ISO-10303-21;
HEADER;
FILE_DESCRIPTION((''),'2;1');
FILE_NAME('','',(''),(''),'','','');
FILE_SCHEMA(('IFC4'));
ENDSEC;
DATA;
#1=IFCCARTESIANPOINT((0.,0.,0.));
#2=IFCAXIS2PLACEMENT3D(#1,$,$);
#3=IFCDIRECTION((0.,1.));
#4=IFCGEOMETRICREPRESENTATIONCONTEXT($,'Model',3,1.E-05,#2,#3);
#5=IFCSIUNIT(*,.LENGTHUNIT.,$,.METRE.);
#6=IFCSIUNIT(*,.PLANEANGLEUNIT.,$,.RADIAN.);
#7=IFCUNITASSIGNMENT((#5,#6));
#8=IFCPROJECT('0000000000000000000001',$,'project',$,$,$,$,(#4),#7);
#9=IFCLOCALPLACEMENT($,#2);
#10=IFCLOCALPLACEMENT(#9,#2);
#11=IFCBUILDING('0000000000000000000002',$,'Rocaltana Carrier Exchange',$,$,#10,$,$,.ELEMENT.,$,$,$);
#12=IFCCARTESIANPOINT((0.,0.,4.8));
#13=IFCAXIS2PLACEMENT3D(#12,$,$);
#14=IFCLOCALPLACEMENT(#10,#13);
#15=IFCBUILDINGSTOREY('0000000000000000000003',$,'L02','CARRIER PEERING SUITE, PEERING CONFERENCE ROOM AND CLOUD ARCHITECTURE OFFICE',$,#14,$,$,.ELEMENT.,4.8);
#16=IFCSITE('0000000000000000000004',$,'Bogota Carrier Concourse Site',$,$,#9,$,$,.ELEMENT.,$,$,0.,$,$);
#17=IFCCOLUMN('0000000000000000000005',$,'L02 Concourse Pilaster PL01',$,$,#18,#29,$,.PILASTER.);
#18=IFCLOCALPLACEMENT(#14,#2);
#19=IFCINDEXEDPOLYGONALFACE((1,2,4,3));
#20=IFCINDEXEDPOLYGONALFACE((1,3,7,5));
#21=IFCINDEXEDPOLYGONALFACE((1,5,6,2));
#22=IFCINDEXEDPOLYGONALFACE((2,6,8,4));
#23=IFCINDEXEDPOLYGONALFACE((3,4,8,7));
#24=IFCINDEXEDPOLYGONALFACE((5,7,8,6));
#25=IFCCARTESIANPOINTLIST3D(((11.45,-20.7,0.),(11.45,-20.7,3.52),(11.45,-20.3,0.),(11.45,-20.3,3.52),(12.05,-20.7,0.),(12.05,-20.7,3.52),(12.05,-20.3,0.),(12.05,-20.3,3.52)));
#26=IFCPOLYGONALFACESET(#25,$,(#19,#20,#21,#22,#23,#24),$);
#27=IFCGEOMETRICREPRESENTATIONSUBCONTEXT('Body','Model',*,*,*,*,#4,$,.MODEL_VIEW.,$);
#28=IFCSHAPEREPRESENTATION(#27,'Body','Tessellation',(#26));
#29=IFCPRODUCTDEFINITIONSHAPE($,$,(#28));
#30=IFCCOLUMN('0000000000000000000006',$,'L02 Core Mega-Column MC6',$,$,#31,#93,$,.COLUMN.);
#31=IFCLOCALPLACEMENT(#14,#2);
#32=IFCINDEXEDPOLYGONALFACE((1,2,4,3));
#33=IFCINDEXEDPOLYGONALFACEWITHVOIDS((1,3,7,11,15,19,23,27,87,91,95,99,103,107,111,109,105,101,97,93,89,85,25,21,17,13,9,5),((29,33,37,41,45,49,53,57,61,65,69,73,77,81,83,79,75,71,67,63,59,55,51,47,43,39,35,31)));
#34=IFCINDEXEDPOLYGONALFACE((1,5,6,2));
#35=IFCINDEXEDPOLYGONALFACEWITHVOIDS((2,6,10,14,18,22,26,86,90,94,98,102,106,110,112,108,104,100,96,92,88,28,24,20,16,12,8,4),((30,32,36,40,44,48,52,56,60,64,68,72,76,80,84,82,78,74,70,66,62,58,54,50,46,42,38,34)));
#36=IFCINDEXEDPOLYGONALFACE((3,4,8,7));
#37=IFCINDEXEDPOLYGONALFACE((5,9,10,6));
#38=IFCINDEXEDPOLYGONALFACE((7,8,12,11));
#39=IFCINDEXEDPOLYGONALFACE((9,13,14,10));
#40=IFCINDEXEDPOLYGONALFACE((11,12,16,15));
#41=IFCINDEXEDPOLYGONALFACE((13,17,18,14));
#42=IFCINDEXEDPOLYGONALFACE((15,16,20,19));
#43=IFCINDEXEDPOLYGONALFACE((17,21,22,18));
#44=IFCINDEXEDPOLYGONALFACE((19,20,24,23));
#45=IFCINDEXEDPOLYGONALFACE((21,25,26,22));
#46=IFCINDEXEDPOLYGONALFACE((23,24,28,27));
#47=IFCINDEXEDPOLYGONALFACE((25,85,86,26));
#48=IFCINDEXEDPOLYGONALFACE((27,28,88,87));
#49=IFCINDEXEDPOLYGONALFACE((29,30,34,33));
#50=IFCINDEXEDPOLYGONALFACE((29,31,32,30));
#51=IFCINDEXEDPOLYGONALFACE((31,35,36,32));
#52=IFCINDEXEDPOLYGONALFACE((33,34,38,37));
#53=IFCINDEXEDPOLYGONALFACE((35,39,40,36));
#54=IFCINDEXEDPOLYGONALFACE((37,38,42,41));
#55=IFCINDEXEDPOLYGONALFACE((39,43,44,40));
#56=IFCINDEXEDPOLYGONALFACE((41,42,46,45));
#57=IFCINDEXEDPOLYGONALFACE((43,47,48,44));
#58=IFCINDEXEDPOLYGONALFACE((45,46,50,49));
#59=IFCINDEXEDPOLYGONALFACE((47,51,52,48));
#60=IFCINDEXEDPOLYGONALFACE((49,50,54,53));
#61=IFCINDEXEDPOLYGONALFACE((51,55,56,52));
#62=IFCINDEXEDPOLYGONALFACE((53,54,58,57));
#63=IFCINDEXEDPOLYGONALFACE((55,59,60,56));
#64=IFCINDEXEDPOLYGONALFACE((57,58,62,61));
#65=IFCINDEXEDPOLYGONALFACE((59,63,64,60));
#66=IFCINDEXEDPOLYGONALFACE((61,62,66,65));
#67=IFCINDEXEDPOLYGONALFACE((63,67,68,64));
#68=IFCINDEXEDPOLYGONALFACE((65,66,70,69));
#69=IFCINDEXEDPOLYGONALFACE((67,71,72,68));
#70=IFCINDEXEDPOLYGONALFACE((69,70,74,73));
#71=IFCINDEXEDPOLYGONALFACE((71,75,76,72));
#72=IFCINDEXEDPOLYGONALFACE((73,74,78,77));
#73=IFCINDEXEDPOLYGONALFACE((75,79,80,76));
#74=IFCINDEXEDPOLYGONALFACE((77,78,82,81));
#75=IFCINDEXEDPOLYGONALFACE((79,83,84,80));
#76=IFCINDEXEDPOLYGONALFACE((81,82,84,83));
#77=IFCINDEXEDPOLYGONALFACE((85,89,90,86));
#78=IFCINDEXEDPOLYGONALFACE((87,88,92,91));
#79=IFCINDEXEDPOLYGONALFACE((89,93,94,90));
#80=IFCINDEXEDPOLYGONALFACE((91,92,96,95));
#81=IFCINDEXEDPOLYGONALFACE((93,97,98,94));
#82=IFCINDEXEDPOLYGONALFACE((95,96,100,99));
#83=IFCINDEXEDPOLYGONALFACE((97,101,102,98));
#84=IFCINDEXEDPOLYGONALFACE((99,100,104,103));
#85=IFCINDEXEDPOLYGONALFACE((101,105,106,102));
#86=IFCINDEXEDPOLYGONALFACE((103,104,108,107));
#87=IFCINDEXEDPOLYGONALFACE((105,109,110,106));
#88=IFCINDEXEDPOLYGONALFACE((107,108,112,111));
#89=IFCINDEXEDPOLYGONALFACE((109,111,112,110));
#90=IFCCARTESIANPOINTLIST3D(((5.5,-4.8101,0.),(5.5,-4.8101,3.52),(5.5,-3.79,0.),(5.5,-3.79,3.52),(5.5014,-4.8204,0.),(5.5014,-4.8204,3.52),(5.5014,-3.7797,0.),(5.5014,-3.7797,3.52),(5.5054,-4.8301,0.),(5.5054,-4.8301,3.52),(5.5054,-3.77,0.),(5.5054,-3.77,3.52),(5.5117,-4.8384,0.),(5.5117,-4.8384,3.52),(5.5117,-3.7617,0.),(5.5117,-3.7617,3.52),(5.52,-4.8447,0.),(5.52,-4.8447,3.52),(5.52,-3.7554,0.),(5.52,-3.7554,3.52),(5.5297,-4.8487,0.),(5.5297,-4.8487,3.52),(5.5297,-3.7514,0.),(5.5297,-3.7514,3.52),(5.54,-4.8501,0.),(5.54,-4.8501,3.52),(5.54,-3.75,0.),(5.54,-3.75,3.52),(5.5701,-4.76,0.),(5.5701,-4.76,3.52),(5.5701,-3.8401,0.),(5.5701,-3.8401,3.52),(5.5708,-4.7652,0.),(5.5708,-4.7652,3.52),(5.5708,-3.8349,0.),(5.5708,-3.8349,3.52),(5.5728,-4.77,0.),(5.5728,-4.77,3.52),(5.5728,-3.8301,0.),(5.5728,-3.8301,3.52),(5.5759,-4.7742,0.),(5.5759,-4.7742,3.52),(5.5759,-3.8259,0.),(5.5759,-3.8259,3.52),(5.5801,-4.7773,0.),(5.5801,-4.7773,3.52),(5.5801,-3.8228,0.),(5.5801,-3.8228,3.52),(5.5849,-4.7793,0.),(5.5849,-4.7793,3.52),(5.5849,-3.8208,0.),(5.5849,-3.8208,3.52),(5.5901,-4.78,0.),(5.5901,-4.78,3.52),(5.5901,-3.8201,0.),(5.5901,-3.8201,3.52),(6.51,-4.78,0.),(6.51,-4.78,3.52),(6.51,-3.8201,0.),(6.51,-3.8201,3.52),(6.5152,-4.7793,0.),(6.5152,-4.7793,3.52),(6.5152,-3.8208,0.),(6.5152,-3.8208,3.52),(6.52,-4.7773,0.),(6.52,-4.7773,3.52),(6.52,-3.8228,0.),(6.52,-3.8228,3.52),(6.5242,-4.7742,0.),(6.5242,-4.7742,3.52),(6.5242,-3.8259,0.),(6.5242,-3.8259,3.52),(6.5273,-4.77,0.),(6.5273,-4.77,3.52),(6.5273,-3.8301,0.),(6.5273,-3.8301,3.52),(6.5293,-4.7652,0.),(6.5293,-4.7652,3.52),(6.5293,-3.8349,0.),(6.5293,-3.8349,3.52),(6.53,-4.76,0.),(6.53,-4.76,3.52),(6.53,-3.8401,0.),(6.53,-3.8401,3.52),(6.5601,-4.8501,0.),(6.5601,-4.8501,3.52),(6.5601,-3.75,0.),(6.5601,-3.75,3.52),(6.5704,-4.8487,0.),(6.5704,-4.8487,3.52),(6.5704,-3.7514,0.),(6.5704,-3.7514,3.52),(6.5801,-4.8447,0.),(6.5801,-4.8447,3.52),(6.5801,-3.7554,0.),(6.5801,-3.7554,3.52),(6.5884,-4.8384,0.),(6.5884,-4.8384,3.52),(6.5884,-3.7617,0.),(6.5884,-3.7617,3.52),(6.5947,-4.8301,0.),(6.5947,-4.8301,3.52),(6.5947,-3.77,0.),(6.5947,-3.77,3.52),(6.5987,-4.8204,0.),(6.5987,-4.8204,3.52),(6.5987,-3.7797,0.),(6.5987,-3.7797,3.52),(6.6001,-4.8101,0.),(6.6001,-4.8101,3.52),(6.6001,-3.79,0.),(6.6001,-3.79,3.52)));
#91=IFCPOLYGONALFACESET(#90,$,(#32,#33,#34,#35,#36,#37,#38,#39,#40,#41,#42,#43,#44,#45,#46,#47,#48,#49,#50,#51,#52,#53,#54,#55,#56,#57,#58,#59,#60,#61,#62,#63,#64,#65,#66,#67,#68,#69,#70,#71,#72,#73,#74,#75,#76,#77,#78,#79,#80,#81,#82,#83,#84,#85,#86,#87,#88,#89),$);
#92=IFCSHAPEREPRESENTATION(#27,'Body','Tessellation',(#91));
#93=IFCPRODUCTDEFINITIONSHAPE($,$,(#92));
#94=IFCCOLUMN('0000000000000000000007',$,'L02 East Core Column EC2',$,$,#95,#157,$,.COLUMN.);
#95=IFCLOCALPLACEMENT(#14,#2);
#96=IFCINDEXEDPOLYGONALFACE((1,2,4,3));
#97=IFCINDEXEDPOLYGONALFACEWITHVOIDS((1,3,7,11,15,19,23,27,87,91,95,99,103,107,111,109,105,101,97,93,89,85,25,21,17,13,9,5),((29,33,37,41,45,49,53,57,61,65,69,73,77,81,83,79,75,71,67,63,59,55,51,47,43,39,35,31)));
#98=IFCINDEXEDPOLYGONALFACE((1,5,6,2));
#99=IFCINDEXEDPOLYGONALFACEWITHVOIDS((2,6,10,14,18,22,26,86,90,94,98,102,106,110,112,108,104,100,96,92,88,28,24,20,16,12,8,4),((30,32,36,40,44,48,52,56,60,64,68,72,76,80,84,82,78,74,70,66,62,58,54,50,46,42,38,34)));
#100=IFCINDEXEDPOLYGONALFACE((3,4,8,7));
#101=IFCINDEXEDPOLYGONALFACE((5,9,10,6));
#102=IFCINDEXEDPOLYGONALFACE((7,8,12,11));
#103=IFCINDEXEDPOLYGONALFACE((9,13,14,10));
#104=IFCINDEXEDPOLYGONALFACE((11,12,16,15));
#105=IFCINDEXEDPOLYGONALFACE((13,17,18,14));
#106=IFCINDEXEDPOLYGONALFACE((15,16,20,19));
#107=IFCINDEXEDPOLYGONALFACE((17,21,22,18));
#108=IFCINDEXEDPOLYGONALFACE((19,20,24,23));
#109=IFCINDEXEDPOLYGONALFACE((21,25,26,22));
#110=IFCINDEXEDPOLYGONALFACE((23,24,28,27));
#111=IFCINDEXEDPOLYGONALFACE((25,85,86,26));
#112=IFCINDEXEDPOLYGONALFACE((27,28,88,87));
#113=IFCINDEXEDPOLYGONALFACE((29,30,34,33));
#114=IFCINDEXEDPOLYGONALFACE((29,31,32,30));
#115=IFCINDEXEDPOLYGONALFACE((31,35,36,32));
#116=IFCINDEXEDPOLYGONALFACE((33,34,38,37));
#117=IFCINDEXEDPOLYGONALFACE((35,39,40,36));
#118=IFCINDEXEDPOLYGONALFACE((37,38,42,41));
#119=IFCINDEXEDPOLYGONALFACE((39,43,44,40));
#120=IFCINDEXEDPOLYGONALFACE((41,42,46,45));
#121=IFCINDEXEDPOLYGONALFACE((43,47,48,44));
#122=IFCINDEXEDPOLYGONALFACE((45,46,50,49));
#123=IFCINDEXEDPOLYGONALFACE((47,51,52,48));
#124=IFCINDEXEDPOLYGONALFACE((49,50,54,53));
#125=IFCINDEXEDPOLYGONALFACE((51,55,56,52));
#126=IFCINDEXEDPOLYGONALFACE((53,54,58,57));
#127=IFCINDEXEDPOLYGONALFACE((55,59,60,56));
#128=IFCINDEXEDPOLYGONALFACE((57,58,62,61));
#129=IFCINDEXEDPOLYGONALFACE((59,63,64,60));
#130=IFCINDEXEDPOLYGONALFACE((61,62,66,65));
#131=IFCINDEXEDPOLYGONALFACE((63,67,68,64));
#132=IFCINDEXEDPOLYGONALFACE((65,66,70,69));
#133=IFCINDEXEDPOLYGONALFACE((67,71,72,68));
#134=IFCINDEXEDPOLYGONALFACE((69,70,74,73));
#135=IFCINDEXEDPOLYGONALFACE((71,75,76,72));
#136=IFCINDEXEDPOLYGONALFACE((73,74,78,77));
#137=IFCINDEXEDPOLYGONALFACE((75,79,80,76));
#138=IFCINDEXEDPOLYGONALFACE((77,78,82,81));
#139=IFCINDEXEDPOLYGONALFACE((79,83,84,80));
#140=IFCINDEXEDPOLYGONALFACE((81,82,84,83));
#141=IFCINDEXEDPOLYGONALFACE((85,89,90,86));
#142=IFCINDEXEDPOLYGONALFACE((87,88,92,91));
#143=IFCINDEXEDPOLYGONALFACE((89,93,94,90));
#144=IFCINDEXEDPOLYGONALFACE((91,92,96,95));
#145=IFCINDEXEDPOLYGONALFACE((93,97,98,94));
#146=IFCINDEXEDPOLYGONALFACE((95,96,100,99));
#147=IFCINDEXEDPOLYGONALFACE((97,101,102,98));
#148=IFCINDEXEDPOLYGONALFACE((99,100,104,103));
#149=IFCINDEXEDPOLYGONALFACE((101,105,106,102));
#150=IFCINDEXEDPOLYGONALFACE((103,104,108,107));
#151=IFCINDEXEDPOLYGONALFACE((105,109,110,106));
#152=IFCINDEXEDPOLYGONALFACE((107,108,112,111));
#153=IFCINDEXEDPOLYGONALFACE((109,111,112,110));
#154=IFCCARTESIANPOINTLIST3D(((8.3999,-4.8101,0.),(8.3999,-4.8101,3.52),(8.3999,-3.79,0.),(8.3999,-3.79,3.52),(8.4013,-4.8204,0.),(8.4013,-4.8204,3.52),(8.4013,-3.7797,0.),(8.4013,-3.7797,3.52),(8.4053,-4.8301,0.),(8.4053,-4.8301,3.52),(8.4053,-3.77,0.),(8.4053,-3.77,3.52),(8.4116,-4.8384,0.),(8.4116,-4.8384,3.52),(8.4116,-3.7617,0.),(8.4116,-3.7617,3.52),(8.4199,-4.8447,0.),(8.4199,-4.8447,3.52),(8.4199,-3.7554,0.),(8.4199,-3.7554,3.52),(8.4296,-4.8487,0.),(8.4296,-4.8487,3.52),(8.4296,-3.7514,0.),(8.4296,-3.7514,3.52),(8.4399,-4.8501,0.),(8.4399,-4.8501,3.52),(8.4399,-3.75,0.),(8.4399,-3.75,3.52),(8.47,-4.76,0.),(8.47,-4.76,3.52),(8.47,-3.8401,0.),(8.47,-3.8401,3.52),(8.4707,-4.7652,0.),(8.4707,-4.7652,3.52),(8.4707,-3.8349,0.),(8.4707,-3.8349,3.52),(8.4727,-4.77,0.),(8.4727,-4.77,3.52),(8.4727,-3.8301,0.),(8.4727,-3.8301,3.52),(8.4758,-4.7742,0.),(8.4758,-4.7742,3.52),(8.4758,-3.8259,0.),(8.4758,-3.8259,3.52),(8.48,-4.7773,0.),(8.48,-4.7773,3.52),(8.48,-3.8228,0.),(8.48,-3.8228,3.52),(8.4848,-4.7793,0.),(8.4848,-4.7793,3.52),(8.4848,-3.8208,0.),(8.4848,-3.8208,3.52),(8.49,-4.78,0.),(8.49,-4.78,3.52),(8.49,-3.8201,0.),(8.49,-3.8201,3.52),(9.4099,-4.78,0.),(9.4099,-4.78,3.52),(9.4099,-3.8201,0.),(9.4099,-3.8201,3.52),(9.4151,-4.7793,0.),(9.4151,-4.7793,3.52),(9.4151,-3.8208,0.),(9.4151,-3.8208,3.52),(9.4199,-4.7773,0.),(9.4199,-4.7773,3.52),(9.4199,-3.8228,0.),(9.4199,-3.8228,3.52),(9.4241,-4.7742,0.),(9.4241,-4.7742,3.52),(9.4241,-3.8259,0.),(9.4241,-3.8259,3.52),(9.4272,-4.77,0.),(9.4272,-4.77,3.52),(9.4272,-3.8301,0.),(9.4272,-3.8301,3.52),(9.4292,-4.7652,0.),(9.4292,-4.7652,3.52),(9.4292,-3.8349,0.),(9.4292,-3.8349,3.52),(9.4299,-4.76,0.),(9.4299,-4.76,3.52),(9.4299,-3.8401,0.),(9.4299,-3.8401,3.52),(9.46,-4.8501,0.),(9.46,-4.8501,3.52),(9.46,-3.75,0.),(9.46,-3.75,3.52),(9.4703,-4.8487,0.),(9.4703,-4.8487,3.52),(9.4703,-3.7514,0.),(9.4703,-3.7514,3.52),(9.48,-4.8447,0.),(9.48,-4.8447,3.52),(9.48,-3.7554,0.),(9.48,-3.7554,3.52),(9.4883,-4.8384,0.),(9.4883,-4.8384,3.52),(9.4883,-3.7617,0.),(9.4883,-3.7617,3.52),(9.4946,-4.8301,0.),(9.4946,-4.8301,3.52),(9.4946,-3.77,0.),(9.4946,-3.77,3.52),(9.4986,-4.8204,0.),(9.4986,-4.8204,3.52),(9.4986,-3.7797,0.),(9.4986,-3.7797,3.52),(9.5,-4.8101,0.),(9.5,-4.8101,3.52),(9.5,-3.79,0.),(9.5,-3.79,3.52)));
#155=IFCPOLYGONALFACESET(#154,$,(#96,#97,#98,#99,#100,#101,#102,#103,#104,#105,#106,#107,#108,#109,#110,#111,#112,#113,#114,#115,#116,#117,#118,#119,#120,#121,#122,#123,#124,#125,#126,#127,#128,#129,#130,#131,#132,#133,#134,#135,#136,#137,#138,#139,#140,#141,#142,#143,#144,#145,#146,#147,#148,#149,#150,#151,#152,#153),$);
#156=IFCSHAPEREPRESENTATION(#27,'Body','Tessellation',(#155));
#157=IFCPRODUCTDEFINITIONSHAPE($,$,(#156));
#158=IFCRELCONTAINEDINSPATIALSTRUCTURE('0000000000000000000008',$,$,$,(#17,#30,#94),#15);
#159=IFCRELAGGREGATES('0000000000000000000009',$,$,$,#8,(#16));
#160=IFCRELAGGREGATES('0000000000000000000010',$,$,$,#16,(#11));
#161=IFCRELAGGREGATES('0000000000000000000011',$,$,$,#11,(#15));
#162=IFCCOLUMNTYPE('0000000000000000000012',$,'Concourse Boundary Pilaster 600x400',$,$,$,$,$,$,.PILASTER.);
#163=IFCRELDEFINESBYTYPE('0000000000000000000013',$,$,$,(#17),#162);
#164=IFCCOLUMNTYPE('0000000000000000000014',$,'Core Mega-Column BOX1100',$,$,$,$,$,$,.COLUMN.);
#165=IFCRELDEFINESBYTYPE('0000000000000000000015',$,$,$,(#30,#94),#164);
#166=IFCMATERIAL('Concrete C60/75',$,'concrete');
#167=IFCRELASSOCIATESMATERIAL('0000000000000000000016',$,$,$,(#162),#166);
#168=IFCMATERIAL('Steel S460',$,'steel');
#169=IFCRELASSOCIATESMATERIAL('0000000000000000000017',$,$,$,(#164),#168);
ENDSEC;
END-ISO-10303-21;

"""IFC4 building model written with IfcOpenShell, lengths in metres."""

from ifc_helpers import new_model, si_unit, direction, frame, origin, origin_2d, place, context, subcontext, project, spatial, rectangle, hollow_rectangle, extrude, material, material_profile, profile_set, type_object, element, save


model = new_model("IFC4")

# Units and contexts
model_context = context("Model", 3, precision=1e-05, world=origin(), true_north=direction((0.0, 1.0)))
body_context = subcontext(model_context, "Body", "Model", "MODEL_VIEW")
ifc_project = project(units=[si_unit("LENGTHUNIT", "METRE"), si_unit("PLANEANGLEUNIT", "RADIAN")], contexts=[model_context])

# Site, building, storey
site_placement = place(None, origin())
site = spatial("IfcSite", under=ifc_project, at=site_placement, Name="Bogota Carrier Concourse Site", CompositionType="ELEMENT", RefElevation=0.0)
building_placement = place(site_placement, origin())
building = spatial("IfcBuilding", under=site, at=building_placement, Name="Rocaltana Carrier Exchange", CompositionType="ELEMENT")
storey_placement = place(building_placement, frame((0.0, 0.0, 4.8)))
storey = spatial("IfcBuildingStorey", under=building, at=storey_placement, Name="L02", Description="CARRIER PEERING SUITE, PEERING CONFERENCE ROOM AND CLOUD ARCHITECTURE OFFICE", CompositionType="ELEMENT", Elevation=4.8)

# Columns
ifc_material_1 = material(Name="Concrete C60/75", Category="concrete")
ifc_material_profile_1 = material_profile(ifc_material_1, rectangle(XDim=0.6001, YDim=0.3999, at=origin_2d()), Name="RC-PIL-600X400")
ifc_profile_set_1 = profile_set([ifc_material_profile_1], Name="Concrete C60/75")
column_type_1 = type_object("IfcColumnType", Name="Concourse Boundary Pilaster 600x400", PredefinedType="PILASTER", material=ifc_profile_set_1)
column_placement = place(storey_placement, frame((11.75, -20.5, 0.0), z_axis=(0.0, 0.0, 1.0), x_axis=(1.0, 0.0, 0.0)))
element("IfcColumn", 1, at=column_placement, inside=storey, type_object=column_type_1, Name="L02 Concourse Pilaster PL01", PredefinedType="PILASTER", context=body_context, shape_type="SweptSolid", body=[
    extrude(rectangle(XDim=0.6001, YDim=0.3999, at=origin_2d()), origin(), (0.0, 0.0, 1.0), 3.52),
])
ifc_material_2 = material(Name="Steel S460", Category="steel")
ifc_material_profile_2 = material_profile(ifc_material_2, hollow_rectangle(XDim=1.1001, YDim=1.1001, WallThickness=0.0701, InnerFilletRadius=0.02, OuterFilletRadius=0.04, at=origin_2d()), Name="BOX1100X1100X70")
ifc_profile_set_2 = profile_set([ifc_material_profile_2], Name="Steel S460")
column_type_2 = type_object("IfcColumnType", Name="Core Mega-Column BOX1100", PredefinedType="COLUMN", material=ifc_profile_set_2)
for number, where, z_axis, x_axis, name in (
    (2, (6.05, -4.3, 0.0), (0.0, 0.0, 1.0), (1.0, 0.0, 0.0), "L02 Core Mega-Column MC6"),
    (3, (8.95, -4.3, 0.0), (0.0, 0.0, 1.0), (1.0, 0.0, 0.0), "L02 East Core Column EC2"),
):
    element("IfcColumn", number, at=place(storey_placement, frame(where, z_axis=z_axis, x_axis=x_axis)), inside=storey, type_object=column_type_2, Name=name, PredefinedType="COLUMN", context=body_context, shape_type="SweptSolid", body=[
        extrude(hollow_rectangle(XDim=1.1001, YDim=1.1001, WallThickness=0.0701, InnerFilletRadius=0.02, OuterFilletRadius=0.04, at=origin_2d()), origin(), (0.0, 0.0, 1.0), 3.52),
    ])

save(model, "model.ifc")
